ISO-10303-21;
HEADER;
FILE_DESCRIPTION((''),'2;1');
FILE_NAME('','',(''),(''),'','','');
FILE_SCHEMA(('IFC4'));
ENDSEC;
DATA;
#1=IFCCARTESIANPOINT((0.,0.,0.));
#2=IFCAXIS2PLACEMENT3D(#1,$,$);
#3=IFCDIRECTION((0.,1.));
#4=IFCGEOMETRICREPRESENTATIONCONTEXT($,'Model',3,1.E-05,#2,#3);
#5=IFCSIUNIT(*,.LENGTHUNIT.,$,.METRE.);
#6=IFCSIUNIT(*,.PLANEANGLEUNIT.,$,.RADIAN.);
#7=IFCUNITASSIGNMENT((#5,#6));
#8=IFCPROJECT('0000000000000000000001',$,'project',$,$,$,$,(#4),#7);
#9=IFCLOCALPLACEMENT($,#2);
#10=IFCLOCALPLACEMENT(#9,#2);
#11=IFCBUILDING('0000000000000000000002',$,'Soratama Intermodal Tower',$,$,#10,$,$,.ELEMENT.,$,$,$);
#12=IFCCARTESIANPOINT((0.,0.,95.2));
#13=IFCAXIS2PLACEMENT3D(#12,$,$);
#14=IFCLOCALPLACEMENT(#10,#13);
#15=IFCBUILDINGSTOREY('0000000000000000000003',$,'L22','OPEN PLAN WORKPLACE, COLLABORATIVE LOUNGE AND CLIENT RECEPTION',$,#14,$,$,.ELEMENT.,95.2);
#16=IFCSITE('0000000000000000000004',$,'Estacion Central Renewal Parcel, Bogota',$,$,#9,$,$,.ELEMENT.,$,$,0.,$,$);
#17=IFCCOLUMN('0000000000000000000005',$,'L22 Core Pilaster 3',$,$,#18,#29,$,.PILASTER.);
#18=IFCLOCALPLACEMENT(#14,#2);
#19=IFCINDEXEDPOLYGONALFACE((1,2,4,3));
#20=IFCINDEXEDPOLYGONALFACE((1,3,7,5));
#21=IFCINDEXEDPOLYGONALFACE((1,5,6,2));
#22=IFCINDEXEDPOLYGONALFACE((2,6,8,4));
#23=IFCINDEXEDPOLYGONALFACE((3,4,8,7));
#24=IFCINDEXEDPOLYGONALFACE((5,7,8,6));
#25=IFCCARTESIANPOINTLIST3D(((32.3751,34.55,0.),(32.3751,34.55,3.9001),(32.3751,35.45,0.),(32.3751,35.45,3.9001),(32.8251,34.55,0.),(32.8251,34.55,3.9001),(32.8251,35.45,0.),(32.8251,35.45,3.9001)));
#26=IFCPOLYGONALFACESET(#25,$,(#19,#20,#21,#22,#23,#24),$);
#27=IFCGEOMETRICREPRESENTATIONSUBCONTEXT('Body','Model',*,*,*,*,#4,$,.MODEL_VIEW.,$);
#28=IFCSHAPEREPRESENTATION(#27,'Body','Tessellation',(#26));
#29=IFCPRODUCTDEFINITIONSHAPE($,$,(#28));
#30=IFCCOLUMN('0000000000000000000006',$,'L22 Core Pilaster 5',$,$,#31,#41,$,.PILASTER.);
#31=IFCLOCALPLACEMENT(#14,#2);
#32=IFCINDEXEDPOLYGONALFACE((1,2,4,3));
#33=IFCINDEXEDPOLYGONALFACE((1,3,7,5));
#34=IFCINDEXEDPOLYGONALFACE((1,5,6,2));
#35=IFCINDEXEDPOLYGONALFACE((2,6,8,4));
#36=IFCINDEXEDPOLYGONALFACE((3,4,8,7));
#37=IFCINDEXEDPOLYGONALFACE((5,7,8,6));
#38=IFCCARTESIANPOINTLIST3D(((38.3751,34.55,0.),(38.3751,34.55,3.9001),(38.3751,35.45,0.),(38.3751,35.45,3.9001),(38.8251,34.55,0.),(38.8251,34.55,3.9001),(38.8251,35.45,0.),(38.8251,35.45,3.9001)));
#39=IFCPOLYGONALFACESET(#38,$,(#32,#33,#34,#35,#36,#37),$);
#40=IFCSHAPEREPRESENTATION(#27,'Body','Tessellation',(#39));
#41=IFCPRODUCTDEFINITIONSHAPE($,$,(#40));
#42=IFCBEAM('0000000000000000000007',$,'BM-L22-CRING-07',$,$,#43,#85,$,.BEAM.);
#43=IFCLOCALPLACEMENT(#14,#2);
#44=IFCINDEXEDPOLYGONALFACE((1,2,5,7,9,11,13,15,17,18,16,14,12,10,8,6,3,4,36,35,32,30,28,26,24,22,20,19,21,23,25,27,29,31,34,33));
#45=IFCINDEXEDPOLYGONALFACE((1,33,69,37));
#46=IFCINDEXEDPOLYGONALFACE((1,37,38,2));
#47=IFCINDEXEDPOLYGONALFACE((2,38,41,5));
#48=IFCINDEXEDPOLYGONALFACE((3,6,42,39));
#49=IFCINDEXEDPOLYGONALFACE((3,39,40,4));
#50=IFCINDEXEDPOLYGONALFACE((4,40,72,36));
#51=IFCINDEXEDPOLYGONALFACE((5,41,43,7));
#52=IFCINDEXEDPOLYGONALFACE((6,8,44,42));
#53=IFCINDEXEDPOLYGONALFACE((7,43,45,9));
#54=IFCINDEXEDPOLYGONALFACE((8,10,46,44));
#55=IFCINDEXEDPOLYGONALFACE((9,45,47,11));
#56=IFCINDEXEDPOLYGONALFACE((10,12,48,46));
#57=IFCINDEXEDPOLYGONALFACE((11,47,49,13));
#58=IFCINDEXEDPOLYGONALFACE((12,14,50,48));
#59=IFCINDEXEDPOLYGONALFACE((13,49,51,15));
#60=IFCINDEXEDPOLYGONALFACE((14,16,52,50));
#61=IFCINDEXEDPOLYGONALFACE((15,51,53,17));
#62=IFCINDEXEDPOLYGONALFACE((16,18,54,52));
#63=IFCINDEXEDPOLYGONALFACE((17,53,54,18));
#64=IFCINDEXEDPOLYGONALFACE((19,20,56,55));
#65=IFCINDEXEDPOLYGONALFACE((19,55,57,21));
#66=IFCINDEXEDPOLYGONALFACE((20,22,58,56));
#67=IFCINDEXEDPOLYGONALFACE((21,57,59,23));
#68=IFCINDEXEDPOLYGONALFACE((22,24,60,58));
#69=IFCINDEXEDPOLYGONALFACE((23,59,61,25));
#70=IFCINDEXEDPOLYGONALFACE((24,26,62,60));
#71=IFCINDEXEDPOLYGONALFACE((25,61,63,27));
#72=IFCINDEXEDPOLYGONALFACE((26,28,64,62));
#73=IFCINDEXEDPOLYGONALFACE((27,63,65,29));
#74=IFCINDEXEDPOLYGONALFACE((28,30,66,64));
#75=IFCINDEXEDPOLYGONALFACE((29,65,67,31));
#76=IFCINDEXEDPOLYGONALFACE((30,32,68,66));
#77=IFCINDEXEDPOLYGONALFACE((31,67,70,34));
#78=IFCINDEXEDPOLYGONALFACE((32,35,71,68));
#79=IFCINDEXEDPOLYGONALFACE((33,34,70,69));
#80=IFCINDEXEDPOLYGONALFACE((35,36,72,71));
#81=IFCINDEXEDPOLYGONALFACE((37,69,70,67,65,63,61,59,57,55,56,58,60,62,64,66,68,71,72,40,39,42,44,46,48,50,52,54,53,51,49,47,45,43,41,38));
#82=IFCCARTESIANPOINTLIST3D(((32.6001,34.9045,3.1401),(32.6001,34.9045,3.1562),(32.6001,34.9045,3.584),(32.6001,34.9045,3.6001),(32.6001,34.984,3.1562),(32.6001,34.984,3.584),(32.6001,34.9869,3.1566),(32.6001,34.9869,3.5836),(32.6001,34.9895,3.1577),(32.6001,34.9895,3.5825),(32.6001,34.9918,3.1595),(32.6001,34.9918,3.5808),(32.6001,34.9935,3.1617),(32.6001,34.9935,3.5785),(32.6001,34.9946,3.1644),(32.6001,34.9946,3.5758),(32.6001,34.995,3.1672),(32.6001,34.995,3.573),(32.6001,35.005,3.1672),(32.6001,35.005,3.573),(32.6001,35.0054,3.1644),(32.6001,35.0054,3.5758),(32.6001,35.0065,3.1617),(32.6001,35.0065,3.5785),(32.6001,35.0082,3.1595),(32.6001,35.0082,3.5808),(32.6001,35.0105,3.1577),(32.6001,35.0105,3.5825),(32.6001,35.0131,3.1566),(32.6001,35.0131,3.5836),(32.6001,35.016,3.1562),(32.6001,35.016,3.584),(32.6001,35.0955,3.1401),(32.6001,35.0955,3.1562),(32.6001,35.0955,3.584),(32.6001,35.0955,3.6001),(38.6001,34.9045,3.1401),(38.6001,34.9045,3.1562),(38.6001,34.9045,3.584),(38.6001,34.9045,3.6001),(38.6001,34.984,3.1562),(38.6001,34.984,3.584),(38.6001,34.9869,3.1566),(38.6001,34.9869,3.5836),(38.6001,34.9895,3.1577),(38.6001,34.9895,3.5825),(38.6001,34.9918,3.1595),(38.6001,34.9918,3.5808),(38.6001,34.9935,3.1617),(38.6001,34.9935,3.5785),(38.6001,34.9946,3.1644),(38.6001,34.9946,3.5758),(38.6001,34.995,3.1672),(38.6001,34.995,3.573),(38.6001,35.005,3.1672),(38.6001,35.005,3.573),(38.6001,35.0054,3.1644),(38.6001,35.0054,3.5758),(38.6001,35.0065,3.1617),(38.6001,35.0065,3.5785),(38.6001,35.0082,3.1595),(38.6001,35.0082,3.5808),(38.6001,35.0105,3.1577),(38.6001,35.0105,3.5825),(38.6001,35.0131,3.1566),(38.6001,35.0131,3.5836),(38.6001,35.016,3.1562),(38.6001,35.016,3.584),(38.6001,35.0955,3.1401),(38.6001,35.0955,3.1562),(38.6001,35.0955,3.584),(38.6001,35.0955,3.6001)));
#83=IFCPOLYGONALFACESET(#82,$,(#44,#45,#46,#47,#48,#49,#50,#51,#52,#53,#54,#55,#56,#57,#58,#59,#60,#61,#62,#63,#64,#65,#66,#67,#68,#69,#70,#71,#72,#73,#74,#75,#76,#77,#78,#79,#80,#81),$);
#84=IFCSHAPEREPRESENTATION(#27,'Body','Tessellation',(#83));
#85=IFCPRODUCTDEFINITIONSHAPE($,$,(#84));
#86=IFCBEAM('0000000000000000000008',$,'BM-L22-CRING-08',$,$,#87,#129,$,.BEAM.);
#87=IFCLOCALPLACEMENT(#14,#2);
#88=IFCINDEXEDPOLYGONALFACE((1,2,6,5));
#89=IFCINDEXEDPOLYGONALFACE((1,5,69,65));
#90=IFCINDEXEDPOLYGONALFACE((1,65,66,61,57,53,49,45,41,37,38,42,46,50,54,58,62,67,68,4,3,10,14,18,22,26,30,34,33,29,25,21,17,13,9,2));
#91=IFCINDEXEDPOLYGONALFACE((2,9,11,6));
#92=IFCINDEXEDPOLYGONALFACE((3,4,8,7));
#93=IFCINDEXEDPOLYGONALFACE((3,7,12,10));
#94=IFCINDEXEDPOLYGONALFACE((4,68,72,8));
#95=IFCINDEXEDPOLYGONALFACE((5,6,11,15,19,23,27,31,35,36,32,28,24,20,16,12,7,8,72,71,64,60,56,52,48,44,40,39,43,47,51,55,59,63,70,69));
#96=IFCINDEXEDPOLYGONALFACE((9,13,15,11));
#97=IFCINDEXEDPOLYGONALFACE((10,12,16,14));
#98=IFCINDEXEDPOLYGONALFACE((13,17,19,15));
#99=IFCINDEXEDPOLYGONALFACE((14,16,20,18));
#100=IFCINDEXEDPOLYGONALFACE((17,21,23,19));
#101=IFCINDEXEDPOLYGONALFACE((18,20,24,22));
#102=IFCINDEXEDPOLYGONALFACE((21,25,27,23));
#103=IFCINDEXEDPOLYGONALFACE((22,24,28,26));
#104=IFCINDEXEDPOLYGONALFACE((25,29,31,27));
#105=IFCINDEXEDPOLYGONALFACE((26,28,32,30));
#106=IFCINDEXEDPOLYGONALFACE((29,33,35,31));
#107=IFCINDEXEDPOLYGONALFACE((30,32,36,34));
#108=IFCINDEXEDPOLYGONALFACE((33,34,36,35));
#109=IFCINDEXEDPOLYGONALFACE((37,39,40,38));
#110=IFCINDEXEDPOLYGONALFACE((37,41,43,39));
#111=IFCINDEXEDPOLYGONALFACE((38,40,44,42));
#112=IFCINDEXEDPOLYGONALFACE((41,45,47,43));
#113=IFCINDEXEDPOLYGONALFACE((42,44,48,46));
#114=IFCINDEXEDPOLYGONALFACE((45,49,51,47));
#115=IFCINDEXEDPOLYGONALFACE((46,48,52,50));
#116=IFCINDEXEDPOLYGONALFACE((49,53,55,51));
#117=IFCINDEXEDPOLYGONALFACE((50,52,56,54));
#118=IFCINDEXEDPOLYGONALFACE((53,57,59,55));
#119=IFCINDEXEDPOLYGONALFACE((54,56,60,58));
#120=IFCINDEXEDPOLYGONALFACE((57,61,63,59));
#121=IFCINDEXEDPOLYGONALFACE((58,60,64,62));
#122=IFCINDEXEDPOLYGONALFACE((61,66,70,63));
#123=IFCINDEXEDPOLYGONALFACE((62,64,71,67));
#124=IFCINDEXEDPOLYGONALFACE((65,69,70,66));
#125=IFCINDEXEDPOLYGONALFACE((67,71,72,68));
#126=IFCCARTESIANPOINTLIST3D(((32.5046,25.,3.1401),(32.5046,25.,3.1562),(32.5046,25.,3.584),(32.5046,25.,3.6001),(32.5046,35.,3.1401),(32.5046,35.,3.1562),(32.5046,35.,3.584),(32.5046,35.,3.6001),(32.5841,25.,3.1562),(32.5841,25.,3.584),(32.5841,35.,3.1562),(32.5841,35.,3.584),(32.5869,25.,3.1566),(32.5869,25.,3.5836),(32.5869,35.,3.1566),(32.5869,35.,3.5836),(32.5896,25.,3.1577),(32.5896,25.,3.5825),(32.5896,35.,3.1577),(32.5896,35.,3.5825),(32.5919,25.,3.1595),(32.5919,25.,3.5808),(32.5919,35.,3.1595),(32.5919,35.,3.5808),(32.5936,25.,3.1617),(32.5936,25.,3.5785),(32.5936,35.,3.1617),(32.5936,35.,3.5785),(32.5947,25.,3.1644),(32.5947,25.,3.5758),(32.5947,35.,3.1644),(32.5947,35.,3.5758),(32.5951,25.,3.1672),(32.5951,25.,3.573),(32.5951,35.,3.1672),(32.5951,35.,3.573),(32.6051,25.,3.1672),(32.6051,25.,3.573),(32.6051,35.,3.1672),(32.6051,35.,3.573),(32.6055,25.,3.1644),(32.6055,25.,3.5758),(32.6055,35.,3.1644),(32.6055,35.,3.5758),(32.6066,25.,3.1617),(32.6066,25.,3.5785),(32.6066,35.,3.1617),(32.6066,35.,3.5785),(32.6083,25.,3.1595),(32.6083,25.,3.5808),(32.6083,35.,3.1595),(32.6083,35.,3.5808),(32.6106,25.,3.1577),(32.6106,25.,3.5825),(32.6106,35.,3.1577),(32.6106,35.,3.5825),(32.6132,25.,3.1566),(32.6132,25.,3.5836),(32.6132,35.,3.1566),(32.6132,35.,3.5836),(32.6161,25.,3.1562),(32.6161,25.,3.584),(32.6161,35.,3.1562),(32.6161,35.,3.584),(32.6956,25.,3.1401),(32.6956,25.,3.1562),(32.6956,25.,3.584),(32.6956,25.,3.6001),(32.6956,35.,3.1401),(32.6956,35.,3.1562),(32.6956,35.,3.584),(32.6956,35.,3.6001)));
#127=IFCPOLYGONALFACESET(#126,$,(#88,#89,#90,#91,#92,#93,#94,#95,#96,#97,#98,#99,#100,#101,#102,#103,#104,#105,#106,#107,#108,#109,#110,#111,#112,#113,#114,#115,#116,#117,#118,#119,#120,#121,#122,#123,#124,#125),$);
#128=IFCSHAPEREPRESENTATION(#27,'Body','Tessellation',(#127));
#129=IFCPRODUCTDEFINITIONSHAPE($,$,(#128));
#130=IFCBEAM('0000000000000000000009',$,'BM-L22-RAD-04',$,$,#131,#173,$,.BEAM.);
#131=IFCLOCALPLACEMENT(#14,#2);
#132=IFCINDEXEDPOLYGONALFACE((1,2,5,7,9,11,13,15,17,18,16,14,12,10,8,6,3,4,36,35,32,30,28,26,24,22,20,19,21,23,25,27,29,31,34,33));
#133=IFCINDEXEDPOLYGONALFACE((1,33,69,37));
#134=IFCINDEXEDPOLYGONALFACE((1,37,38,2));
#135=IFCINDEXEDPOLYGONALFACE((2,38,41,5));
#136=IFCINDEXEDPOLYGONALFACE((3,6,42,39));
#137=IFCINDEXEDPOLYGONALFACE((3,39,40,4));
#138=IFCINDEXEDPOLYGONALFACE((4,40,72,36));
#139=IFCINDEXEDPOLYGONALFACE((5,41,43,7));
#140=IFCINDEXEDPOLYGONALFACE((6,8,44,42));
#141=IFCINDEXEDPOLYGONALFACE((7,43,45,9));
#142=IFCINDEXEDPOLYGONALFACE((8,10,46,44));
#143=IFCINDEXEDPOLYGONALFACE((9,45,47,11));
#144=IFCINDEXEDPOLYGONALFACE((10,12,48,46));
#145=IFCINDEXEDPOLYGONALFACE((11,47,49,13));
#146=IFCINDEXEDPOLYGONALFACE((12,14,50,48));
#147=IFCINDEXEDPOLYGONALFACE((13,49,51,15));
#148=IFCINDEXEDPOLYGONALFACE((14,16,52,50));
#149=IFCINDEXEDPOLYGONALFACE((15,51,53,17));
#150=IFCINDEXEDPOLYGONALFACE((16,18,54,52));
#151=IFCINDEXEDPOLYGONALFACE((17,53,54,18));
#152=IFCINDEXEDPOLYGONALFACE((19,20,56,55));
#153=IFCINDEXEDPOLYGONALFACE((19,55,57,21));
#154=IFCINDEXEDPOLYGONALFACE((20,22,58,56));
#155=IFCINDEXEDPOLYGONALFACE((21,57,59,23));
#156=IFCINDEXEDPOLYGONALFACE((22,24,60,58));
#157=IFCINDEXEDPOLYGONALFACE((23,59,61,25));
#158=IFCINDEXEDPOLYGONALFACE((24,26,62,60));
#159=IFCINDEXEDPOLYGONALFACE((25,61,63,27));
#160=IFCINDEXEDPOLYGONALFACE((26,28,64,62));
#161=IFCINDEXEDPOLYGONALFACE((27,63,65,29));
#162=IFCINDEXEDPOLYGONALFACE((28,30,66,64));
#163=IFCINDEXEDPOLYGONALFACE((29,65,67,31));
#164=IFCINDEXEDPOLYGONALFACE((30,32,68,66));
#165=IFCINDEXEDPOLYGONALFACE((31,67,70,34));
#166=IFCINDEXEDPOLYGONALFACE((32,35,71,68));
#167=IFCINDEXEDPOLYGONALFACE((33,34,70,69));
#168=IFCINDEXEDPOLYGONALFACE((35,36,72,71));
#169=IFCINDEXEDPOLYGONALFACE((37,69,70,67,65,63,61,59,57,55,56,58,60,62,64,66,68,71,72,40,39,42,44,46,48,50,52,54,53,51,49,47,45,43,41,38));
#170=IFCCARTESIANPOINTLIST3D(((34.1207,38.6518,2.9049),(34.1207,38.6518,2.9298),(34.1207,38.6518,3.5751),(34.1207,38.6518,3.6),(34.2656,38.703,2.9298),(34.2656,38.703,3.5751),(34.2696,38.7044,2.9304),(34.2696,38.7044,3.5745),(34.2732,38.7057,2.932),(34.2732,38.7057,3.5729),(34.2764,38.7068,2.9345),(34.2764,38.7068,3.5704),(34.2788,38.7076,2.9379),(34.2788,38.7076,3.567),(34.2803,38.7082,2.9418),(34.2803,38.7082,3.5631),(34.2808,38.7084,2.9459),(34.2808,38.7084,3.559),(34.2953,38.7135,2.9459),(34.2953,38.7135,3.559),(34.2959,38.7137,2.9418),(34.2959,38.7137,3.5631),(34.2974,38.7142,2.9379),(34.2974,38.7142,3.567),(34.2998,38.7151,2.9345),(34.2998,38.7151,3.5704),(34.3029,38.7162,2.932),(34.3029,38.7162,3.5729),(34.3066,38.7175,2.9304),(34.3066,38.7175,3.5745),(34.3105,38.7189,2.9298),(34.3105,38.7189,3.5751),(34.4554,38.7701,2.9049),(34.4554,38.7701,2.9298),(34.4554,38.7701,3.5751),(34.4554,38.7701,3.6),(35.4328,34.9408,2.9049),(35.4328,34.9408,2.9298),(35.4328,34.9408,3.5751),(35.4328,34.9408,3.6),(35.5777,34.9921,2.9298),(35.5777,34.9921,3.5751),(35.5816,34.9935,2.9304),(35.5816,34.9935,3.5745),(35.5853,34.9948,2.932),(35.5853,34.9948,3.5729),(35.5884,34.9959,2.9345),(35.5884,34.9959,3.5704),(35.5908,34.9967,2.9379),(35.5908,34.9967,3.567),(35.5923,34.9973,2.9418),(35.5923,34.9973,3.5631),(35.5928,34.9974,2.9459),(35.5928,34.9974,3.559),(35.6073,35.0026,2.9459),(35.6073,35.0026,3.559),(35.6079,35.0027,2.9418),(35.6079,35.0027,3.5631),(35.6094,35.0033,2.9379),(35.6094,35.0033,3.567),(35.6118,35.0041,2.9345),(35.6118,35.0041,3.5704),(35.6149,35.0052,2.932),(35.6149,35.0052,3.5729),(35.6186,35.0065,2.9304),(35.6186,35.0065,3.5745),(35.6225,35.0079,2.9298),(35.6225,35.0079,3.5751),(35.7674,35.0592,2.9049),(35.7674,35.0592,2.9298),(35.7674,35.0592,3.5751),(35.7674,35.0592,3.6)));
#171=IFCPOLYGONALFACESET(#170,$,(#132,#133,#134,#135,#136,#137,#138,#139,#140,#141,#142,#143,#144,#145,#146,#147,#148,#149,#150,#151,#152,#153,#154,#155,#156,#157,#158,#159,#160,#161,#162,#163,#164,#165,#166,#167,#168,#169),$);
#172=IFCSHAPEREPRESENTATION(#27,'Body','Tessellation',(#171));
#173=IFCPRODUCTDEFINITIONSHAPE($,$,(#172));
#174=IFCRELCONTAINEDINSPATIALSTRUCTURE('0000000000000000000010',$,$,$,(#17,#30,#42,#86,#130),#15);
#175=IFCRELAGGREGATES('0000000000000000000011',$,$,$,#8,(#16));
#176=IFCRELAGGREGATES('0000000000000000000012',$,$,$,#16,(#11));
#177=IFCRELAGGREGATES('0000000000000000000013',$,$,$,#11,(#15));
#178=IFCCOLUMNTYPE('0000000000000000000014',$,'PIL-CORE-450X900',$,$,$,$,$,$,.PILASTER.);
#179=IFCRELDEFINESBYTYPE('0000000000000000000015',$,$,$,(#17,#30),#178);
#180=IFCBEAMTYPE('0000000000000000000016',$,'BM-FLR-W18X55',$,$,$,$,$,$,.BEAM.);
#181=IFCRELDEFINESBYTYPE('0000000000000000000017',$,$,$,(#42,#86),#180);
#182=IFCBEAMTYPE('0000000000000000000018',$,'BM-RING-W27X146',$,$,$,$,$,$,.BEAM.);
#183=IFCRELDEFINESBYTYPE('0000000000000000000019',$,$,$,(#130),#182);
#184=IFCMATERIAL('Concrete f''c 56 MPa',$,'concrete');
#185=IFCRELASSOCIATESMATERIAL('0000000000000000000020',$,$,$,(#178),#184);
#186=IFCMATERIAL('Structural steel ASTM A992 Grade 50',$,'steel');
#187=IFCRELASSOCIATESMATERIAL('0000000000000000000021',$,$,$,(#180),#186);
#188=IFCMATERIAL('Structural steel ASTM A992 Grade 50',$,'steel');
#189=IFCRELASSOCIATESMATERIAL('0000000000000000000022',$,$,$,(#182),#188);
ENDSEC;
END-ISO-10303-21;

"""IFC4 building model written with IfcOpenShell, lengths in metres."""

from ifc_helpers import new_model, si_unit, direction, frame, origin, origin_2d, place, context, subcontext, project, spatial, rectangle, i_section, extrude, material, material_profile, profile_set, type_object, element, save


model = new_model("IFC4")

# Units and contexts
model_context = context("Model", 3, precision=1e-05, world=origin(), true_north=direction((0.0, 1.0)))
body_context = subcontext(model_context, "Body", "Model", "MODEL_VIEW")
ifc_project = project(units=[si_unit("LENGTHUNIT", "METRE"), si_unit("PLANEANGLEUNIT", "RADIAN")], contexts=[model_context])

# Site, building, storey
site_placement = place(None, origin())
site = spatial("IfcSite", under=ifc_project, at=site_placement, Name="Estacion Central Renewal Parcel, Bogota", CompositionType="ELEMENT", RefElevation=0.0)
building_placement = place(site_placement, origin())
building = spatial("IfcBuilding", under=site, at=building_placement, Name="Soratama Intermodal Tower", CompositionType="ELEMENT")
storey_placement = place(building_placement, frame((0.0, 0.0, 95.2)))
storey = spatial("IfcBuildingStorey", under=building, at=storey_placement, Name="L22", Description="OPEN PLAN WORKPLACE, COLLABORATIVE LOUNGE AND CLIENT RECEPTION", CompositionType="ELEMENT", Elevation=95.2)

# Columns
ifc_material_1 = material(Name="Concrete f'c 56 MPa", Category="concrete")
ifc_material_profile_1 = material_profile(ifc_material_1, rectangle(XDim=0.45, YDim=0.8999, at=origin_2d()), Name="RC450X900")
ifc_profile_set_1 = profile_set([ifc_material_profile_1], Name="Concrete f'c 56 MPa")
column_type = type_object("IfcColumnType", Name="PIL-CORE-450X900", PredefinedType="PILASTER", material=ifc_profile_set_1)
for number, where, z_axis, x_axis, name in (
    (1, (32.6001, 35.0, 0.0), (0.0, 0.0, 1.0), (1.0, 0.0, 0.0), "L22 Core Pilaster 3"),
    (2, (38.6001, 35.0, 0.0), (0.0, 0.0, 1.0), (1.0, 0.0, 0.0), "L22 Core Pilaster 5"),
):
    element("IfcColumn", number, at=place(storey_placement, frame(where, z_axis=z_axis, x_axis=x_axis)), inside=storey, type_object=column_type, Name=name, PredefinedType="PILASTER", context=body_context, shape_type="SweptSolid", body=[
        extrude(rectangle(XDim=0.45, YDim=0.8999, at=origin_2d()), origin(), (0.0, 0.0, 1.0), 3.9001),
    ])

# Beams
ifc_material_2 = material(Name="Structural steel ASTM A992 Grade 50", Category="steel")
ifc_material_profile_2 = material_profile(ifc_material_2, i_section(OverallWidth=0.1909, OverallDepth=0.46, WebThickness=0.01, FlangeThickness=0.0161, FilletRadius=0.011, at=origin_2d()), Name="W18X55")
ifc_profile_set_2 = profile_set([ifc_material_profile_2], Name="Structural steel ASTM A992 Grade 50")
beam_type_1 = type_object("IfcBeamType", Name="BM-FLR-W18X55", PredefinedType="BEAM", material=ifc_profile_set_2)
beam_1_placement = place(storey_placement, frame((38.6001, 35.0, 3.3701), z_axis=(-1.0, 0.0, 0.0), x_axis=(0.0, -1.0, 0.0)))
element("IfcBeam", 3, at=beam_1_placement, inside=storey, type_object=beam_type_1, Name="BM-L22-CRING-07", PredefinedType="BEAM", context=body_context, shape_type="SweptSolid", body=[
    extrude(i_section(OverallWidth=0.1909, OverallDepth=0.46, WebThickness=0.01, FlangeThickness=0.0161, FilletRadius=0.011, at=origin_2d()), origin(), (0.0, 0.0, 1.0), 6.0),
])
beam_2_placement = place(storey_placement, frame((32.6001, 35.0, 3.3701), z_axis=(0.0, -1.0, 0.0), x_axis=(1.0, 0.0, 0.0)))
element("IfcBeam", 4, at=beam_2_placement, inside=storey, type_object=beam_type_1, Name="BM-L22-CRING-08", PredefinedType="BEAM", context=body_context, shape_type="SweptSolid", body=[
    extrude(i_section(OverallWidth=0.1909, OverallDepth=0.46, WebThickness=0.01, FlangeThickness=0.0161, FilletRadius=0.011, at=origin_2d()), origin(), (0.0, 0.0, 1.0), 10.0),
])
ifc_material_3 = material(Name="Structural steel ASTM A992 Grade 50", Category="steel")
ifc_material_profile_3 = material_profile(ifc_material_3, i_section(OverallWidth=0.355, OverallDepth=0.6951, WebThickness=0.0154, FlangeThickness=0.0249, FilletRadius=0.0161, at=origin_2d()), Name="W27X146")
ifc_profile_set_3 = profile_set([ifc_material_profile_3], Name="Structural steel ASTM A992 Grade 50")
beam_type_2 = type_object("IfcBeamType", Name="BM-RING-W27X146", PredefinedType="BEAM", material=ifc_profile_set_3)
beam_3_placement = place(storey_placement, frame((35.6001, 35.0, 3.2524), z_axis=(-0.333333, 0.942809, 0.0), x_axis=(-0.942809, -0.333333, 0.0)))
element("IfcBeam", 5, at=beam_3_placement, inside=storey, type_object=beam_type_2, Name="BM-L22-RAD-04", PredefinedType="BEAM", context=body_context, shape_type="SweptSolid", body=[
    extrude(i_section(OverallWidth=0.355, OverallDepth=0.6951, WebThickness=0.0154, FlangeThickness=0.0249, FilletRadius=0.0161, at=origin_2d()), origin(), (0.0, 0.0, 1.0), 3.936),
])

save(model, "model.ifc")
